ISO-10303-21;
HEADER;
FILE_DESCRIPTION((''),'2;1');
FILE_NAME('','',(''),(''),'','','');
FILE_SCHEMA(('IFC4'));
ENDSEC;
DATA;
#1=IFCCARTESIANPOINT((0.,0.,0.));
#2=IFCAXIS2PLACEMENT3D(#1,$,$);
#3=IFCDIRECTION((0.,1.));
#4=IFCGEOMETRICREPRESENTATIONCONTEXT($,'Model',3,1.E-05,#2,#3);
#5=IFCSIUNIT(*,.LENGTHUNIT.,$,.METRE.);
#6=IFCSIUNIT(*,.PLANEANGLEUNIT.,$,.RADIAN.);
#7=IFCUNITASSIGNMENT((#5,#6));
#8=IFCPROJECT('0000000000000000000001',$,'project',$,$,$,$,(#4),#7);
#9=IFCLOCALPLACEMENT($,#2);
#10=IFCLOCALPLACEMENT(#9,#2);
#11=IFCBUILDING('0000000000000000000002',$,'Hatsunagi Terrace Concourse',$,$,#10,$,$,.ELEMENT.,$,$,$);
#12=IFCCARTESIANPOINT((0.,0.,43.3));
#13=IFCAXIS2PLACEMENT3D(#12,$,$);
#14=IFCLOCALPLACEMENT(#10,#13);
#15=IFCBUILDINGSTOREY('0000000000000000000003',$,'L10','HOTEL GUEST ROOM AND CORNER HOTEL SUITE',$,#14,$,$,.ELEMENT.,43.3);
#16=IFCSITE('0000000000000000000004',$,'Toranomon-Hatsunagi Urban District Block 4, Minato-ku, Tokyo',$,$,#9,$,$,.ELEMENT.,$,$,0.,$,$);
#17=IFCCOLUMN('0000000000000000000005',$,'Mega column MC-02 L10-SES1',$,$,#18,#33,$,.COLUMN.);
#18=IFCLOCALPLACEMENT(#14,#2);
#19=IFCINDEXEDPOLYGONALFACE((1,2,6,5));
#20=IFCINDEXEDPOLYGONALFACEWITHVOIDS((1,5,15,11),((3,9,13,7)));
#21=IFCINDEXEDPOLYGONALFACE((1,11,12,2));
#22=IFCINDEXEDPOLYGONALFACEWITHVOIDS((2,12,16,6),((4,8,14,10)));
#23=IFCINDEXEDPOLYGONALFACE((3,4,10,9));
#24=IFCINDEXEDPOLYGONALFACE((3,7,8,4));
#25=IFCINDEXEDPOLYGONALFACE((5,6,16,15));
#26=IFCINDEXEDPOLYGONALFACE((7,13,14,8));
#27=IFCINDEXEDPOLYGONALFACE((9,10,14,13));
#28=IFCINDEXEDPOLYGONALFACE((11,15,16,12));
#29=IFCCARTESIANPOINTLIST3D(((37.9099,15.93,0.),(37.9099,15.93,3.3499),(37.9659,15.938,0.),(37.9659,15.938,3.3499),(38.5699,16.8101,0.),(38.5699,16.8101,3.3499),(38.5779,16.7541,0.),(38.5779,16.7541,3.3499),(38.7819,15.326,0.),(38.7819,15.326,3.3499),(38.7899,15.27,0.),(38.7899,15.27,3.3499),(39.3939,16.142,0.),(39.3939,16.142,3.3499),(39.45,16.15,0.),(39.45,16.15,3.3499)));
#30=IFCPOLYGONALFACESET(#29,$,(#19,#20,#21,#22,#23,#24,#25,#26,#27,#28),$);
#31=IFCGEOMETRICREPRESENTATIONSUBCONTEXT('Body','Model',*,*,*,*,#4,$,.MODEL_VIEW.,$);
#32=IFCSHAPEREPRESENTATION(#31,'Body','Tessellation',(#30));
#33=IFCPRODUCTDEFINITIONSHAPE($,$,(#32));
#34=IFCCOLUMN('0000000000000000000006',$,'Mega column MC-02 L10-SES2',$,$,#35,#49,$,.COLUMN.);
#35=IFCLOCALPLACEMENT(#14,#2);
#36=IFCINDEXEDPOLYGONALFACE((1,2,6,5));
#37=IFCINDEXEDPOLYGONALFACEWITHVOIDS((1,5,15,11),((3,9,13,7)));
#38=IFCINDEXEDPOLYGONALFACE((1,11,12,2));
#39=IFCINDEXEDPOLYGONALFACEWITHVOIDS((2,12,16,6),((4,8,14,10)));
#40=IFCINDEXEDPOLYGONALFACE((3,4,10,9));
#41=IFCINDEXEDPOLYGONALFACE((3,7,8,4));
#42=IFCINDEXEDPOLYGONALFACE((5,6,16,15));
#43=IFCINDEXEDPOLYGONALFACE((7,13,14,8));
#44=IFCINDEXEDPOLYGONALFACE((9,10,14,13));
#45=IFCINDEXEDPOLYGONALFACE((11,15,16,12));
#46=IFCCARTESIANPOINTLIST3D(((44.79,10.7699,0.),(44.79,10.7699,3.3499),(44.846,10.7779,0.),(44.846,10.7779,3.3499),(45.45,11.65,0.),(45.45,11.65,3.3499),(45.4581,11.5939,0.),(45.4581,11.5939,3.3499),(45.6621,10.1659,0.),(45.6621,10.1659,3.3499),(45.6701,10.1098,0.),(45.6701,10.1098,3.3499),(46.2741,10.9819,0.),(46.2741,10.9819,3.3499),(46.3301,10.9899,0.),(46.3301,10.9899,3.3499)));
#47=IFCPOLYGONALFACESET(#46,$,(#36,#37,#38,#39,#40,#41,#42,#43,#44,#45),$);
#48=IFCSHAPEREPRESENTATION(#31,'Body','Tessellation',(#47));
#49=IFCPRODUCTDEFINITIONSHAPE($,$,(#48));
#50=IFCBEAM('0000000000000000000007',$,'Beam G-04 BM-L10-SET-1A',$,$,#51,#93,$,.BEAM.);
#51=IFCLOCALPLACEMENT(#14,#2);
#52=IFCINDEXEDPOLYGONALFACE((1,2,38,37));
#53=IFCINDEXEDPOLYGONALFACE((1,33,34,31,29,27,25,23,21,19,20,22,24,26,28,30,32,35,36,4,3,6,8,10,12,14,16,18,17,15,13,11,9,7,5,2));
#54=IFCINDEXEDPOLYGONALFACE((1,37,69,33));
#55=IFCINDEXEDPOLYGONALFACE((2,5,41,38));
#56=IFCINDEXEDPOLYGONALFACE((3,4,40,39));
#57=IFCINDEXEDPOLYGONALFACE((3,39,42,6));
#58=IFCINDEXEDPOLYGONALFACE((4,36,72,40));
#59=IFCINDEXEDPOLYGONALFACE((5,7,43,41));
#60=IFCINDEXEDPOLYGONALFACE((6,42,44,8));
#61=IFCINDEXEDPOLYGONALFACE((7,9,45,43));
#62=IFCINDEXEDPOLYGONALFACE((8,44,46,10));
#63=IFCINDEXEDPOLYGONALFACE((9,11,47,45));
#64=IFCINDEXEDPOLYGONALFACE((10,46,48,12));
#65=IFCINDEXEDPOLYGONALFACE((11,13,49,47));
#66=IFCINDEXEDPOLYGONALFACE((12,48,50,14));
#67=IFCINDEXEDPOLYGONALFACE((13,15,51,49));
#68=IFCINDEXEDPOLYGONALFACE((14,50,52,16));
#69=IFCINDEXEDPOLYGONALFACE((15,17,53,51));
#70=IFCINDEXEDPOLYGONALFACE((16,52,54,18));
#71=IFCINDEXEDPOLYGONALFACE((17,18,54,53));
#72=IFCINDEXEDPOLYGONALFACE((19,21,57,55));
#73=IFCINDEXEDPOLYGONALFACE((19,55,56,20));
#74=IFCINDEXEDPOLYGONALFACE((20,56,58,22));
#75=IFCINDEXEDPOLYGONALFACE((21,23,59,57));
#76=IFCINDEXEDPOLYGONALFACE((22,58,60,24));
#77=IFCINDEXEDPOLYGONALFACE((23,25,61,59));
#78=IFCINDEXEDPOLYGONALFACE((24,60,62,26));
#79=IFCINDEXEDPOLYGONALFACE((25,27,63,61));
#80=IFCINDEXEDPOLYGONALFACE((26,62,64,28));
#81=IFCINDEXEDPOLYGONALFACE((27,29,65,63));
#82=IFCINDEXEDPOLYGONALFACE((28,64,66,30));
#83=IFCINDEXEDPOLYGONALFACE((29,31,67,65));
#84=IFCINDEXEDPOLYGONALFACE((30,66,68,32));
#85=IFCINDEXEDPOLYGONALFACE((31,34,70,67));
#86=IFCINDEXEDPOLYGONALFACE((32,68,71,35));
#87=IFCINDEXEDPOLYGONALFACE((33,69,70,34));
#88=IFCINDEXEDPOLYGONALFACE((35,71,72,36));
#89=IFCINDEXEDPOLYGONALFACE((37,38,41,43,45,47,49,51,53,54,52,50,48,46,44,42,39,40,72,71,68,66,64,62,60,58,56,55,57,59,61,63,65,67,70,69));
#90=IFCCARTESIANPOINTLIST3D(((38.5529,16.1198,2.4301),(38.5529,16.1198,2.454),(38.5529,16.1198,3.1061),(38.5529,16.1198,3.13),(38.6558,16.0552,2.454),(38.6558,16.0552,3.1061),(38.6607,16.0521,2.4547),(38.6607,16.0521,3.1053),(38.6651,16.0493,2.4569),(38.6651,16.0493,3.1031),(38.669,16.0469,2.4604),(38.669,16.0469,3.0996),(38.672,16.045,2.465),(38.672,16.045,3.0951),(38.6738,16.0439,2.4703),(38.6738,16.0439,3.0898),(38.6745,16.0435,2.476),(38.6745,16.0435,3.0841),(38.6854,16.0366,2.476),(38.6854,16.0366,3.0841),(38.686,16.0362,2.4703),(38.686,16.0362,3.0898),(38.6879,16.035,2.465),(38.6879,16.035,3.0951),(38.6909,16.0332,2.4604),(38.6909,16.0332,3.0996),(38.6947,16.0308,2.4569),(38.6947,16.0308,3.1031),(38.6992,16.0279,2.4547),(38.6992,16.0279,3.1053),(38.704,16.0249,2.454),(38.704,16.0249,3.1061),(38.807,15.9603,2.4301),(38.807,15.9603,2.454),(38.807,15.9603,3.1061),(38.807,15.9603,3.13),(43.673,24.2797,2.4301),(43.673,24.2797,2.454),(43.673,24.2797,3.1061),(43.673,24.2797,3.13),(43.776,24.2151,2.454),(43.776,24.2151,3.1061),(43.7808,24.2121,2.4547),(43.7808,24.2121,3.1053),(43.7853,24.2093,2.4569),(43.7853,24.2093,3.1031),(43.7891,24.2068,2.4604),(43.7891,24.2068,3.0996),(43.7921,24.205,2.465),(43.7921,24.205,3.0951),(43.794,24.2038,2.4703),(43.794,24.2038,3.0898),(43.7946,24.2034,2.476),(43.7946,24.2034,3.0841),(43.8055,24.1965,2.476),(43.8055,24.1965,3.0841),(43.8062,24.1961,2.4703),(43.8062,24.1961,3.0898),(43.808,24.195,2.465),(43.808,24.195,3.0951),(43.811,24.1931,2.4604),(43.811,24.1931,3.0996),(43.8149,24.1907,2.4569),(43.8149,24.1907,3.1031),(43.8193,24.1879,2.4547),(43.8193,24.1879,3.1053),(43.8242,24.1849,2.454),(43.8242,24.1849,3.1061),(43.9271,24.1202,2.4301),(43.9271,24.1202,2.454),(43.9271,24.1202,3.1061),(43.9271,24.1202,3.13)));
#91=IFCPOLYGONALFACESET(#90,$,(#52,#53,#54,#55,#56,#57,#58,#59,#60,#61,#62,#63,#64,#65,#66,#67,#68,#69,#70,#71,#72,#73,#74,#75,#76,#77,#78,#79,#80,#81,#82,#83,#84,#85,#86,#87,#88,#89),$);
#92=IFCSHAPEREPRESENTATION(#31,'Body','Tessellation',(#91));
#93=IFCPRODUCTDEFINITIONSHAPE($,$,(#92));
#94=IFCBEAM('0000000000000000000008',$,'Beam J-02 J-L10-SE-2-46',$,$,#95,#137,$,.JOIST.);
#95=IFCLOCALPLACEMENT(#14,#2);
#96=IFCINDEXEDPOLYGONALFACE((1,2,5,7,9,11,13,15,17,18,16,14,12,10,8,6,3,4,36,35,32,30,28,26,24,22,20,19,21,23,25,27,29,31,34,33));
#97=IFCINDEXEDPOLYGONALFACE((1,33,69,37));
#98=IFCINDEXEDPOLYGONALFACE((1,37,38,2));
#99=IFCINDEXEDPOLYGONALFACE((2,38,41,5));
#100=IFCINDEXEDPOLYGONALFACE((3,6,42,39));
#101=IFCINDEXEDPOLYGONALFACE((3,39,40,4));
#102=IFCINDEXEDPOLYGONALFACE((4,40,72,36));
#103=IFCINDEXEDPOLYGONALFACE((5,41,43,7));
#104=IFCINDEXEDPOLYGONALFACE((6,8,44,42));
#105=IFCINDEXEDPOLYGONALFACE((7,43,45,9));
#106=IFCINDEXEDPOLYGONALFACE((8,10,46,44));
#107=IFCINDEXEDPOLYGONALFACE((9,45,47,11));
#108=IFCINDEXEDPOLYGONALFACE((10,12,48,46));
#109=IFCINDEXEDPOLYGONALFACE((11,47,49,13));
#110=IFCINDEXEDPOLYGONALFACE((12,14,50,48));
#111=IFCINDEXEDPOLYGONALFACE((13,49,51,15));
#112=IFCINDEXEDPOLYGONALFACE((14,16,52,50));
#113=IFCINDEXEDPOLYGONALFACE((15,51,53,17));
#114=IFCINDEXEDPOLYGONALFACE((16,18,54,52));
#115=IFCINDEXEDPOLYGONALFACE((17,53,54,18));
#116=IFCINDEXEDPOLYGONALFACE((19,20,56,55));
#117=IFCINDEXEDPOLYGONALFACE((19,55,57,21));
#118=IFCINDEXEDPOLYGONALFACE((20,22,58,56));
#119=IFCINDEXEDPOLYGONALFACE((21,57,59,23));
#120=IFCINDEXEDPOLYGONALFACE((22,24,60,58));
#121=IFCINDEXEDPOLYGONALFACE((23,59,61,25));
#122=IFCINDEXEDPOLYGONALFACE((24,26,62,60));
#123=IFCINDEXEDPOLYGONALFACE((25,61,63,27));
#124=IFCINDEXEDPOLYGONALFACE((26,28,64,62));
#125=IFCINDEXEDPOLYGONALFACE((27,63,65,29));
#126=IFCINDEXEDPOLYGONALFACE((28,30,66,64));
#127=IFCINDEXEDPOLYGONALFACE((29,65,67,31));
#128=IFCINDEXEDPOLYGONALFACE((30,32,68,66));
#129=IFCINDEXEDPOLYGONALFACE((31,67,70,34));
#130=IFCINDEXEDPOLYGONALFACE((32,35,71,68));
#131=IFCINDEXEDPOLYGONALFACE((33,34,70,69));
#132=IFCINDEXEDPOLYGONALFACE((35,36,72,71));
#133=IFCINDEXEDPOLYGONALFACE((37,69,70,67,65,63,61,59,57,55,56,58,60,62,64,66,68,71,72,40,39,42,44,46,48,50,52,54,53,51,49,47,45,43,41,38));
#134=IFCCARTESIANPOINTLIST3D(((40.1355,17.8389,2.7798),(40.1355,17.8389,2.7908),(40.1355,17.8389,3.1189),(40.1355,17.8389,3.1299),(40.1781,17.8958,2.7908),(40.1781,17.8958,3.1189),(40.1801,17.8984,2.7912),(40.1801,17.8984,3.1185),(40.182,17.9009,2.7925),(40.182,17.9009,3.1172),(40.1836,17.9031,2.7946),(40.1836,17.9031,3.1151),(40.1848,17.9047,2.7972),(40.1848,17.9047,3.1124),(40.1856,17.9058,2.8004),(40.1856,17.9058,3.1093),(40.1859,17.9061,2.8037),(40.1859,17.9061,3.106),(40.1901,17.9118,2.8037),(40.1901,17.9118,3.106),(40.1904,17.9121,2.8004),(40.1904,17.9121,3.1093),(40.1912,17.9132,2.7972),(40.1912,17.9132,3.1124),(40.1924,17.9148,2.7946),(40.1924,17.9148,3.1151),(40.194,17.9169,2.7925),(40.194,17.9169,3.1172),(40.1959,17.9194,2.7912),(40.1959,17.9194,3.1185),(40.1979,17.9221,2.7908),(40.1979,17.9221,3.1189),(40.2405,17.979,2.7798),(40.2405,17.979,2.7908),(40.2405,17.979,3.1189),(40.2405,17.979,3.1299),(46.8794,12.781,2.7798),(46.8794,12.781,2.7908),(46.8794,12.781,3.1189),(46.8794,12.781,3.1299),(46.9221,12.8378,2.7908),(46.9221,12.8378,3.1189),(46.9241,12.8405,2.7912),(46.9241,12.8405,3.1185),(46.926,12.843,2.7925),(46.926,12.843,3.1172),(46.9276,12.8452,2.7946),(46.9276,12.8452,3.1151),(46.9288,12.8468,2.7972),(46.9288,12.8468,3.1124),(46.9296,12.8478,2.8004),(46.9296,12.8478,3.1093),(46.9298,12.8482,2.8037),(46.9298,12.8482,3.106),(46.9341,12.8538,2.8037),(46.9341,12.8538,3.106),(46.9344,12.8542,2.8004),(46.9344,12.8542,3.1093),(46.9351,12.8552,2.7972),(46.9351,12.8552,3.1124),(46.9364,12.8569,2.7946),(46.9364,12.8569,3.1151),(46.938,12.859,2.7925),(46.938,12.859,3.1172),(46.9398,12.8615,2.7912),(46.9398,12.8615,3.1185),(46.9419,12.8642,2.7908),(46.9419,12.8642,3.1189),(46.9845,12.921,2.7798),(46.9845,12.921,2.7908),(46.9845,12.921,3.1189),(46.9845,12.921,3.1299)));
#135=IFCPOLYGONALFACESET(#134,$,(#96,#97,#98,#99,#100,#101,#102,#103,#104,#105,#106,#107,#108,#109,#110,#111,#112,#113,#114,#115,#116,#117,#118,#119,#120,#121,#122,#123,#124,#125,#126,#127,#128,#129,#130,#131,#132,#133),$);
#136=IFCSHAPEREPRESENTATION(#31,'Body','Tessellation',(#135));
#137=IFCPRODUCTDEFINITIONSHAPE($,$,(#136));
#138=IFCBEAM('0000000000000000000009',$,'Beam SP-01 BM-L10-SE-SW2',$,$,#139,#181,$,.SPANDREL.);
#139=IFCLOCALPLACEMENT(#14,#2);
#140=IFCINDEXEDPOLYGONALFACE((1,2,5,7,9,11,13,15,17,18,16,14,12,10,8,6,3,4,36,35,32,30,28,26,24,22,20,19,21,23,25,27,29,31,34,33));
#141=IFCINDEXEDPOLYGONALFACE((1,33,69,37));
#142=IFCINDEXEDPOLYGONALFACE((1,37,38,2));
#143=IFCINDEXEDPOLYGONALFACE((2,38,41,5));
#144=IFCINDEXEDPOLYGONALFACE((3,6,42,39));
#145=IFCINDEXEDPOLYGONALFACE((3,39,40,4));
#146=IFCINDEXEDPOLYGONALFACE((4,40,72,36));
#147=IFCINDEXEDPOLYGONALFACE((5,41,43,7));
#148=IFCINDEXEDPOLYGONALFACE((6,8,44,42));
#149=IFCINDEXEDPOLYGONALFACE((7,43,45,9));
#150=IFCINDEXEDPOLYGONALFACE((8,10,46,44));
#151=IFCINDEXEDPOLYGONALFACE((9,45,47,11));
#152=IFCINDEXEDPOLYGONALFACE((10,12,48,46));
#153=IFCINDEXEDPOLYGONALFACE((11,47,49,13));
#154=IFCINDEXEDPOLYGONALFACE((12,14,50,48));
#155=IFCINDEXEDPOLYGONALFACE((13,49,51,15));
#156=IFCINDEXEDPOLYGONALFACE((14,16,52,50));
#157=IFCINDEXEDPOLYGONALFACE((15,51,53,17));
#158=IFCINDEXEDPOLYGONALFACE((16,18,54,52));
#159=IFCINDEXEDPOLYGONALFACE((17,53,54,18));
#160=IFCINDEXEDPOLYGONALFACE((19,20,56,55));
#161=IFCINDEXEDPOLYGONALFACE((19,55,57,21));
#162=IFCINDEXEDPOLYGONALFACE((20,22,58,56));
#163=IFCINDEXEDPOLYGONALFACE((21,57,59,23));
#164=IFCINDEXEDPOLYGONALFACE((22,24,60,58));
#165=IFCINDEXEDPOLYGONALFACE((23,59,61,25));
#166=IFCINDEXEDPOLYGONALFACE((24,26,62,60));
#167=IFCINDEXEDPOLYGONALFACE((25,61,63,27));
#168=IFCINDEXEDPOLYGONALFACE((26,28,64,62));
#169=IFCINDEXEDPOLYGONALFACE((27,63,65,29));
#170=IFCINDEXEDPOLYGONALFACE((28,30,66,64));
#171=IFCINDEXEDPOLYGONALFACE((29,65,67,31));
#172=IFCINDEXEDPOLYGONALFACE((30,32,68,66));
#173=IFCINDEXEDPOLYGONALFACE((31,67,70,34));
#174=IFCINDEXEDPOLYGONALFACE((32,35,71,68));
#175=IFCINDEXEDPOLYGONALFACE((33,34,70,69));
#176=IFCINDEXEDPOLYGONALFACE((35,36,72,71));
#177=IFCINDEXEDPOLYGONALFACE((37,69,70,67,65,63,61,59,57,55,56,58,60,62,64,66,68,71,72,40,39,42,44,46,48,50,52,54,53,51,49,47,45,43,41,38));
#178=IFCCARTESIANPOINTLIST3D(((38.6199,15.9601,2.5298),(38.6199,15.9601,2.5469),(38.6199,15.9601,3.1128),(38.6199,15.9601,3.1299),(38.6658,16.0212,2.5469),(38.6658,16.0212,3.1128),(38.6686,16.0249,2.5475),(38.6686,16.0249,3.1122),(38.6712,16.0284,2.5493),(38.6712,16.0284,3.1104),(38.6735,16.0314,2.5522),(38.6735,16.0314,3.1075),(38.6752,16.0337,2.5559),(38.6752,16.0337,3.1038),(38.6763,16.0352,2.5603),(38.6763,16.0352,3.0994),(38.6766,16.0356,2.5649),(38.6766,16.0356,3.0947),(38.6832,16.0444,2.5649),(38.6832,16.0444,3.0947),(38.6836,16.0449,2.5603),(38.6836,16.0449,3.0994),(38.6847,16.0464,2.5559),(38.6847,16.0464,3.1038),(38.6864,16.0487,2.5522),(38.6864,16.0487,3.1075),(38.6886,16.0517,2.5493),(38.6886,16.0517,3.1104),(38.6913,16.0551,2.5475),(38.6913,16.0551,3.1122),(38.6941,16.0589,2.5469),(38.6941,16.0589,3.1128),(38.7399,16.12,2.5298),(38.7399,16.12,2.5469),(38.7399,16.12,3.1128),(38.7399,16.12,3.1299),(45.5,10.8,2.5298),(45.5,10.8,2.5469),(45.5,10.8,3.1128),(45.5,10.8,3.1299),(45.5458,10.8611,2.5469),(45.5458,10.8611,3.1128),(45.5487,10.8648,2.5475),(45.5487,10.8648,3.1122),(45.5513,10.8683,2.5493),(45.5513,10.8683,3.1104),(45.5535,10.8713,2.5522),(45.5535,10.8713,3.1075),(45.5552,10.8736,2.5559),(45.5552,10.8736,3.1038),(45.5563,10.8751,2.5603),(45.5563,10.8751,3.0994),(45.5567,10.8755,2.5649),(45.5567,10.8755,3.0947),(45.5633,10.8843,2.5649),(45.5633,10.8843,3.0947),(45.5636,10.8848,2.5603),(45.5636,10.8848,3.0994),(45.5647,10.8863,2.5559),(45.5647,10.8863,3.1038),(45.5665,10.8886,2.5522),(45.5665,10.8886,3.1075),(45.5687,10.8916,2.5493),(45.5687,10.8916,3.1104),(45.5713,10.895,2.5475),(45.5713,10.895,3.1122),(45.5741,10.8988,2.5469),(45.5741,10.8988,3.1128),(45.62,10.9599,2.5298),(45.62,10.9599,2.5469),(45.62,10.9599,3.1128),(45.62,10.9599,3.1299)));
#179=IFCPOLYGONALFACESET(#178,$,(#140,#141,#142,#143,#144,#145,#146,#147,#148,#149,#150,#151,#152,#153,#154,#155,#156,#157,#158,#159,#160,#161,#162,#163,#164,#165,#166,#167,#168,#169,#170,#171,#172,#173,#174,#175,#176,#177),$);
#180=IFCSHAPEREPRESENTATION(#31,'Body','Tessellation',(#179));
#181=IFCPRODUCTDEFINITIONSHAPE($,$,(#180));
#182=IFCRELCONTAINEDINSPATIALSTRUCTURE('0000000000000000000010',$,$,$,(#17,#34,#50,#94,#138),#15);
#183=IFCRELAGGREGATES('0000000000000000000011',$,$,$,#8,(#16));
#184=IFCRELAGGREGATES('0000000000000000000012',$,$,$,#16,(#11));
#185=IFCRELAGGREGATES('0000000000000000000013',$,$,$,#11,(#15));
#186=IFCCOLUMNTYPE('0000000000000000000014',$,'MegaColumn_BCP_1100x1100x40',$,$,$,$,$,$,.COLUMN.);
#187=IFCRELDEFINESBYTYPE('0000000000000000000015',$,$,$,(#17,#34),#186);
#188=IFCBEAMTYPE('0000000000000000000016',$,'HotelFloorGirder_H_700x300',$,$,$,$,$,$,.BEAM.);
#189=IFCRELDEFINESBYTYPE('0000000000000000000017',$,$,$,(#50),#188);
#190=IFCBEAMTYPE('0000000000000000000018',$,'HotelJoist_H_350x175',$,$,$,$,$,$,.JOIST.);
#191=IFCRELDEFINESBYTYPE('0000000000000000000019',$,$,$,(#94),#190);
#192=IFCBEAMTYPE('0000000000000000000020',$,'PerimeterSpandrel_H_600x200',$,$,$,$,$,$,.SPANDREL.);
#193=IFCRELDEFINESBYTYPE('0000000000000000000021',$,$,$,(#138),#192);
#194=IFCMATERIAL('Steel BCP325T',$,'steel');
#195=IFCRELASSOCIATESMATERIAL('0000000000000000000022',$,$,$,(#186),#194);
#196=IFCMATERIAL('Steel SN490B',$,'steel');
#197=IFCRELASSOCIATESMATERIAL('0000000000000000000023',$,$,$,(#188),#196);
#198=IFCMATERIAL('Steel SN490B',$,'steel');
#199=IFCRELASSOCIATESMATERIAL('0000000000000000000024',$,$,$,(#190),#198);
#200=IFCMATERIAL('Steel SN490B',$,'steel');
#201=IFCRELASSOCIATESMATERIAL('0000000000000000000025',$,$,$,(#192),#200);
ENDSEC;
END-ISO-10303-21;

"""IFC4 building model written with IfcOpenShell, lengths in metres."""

from ifc_helpers import new_model, si_unit, direction, frame, origin, origin_2d, place, context, subcontext, project, spatial, hollow_rectangle, i_section, extrude, material, material_profile, profile_set, type_object, element, save


model = new_model("IFC4")

# Units and contexts
model_context = context("Model", 3, precision=1e-05, world=origin(), true_north=direction((0.0, 1.0)))
body_context = subcontext(model_context, "Body", "Model", "MODEL_VIEW")
ifc_project = project(units=[si_unit("LENGTHUNIT", "METRE"), si_unit("PLANEANGLEUNIT", "RADIAN")], contexts=[model_context])

# Site, building, storey
site_placement = place(None, origin())
site = spatial("IfcSite", under=ifc_project, at=site_placement, Name="Toranomon-Hatsunagi Urban District Block 4, Minato-ku, Tokyo", CompositionType="ELEMENT", RefElevation=0.0)
building_placement = place(site_placement, origin())
building = spatial("IfcBuilding", under=site, at=building_placement, Name="Hatsunagi Terrace Concourse", CompositionType="ELEMENT")
storey_placement = place(building_placement, frame((0.0, 0.0, 43.3)))
storey = spatial("IfcBuildingStorey", under=building, at=storey_placement, Name="L10", Description="HOTEL GUEST ROOM AND CORNER HOTEL SUITE", CompositionType="ELEMENT", Elevation=43.3)

# Columns
ifc_material_1 = material(Name="Steel BCP325T", Category="steel")
ifc_material_profile_1 = material_profile(ifc_material_1, hollow_rectangle(XDim=1.1001, YDim=1.1001, WallThickness=0.04, at=origin_2d()), Name="BCP-1100x1100x40")
ifc_profile_set_1 = profile_set([ifc_material_profile_1], Name="Steel BCP325T")
column_type = type_object("IfcColumnType", Name="MegaColumn_BCP_1100x1100x40", PredefinedType="COLUMN", material=ifc_profile_set_1)
for number, where, z_axis, x_axis, name in (
    (1, (38.6799, 16.04, 0.0), (0.0, 0.0, 1.0), (0.8, -0.6, 0.0), "Mega column MC-02 L10-SES1"),
    (2, (45.5601, 10.8799, 0.0), (0.0, 0.0, 1.0), (0.8, -0.6, 0.0), "Mega column MC-02 L10-SES2"),
):
    element("IfcColumn", number, at=place(storey_placement, frame(where, z_axis=z_axis, x_axis=x_axis)), inside=storey, type_object=column_type, Name=name, PredefinedType="COLUMN", context=body_context, shape_type="SweptSolid", body=[
        extrude(hollow_rectangle(XDim=1.1001, YDim=1.1001, WallThickness=0.04, at=origin_2d()), origin(), (0.0, 0.0, 1.0), 3.3499),
    ])

# Beams
ifc_material_2 = material(Name="Steel SN490B", Category="steel")
ifc_material_profile_2 = material_profile(ifc_material_2, i_section(OverallWidth=0.3, OverallDepth=0.7, WebThickness=0.0129, FlangeThickness=0.0239, FilletRadius=0.022, at=origin_2d()), Name="H-700x300x13x24")
ifc_profile_set_2 = profile_set([ifc_material_profile_2], Name="Steel SN490B")
beam_type_1 = type_object("IfcBeamType", Name="HotelFloorGirder_H_700x300", PredefinedType="BEAM", material=ifc_profile_set_2)
beam_1_placement = place(storey_placement, frame((38.6799, 16.04, 2.78), z_axis=(0.531504, 0.847056, 0.0), x_axis=(-0.847056, 0.531504, 0.0)))
element("IfcBeam", 3, at=beam_1_placement, inside=storey, type_object=beam_type_1, Name="Beam G-04 BM-L10-SET-1A", PredefinedType="BEAM", context=body_context, shape_type="SweptSolid", body=[
    extrude(i_section(OverallWidth=0.3, OverallDepth=0.7, WebThickness=0.0129, FlangeThickness=0.0239, FilletRadius=0.022, at=origin_2d()), origin(), (0.0, 0.0, 1.0), 9.6333),
])
ifc_material_3 = material(Name="Steel SN490B", Category="steel")
ifc_material_profile_3 = material_profile(ifc_material_3, i_section(OverallWidth=0.175, OverallDepth=0.3501, WebThickness=0.0071, FlangeThickness=0.011, FilletRadius=0.0129, at=origin_2d()), Name="H-350x175x7x11")
ifc_profile_set_3 = profile_set([ifc_material_profile_3], Name="Steel SN490B")
beam_type_2 = type_object("IfcBeamType", Name="HotelJoist_H_350x175", PredefinedType="JOIST", material=ifc_profile_set_3)
beam_2_placement = place(storey_placement, frame((40.188, 17.9089, 2.9548), z_axis=(0.800003, -0.599995, 0.0), x_axis=(0.599995, 0.800003, 0.0)))
element("IfcBeam", 4, at=beam_2_placement, inside=storey, type_object=beam_type_2, Name="Beam J-02 J-L10-SE-2-46", PredefinedType="JOIST", context=body_context, shape_type="SweptSolid", body=[
    extrude(i_section(OverallWidth=0.175, OverallDepth=0.3501, WebThickness=0.0071, FlangeThickness=0.011, FilletRadius=0.0129, at=origin_2d()), origin(), (0.0, 0.0, 1.0), 8.4299),
])
ifc_material_4 = material(Name="Steel SN490B", Category="steel")
ifc_material_profile_4 = material_profile(ifc_material_4, i_section(OverallWidth=0.2, OverallDepth=0.6001, WebThickness=0.011, FlangeThickness=0.0171, FilletRadius=0.0181, at=origin_2d()), Name="H-600x200x11x17")
ifc_profile_set_4 = profile_set([ifc_material_profile_4], Name="Steel SN490B")
beam_type_3 = type_object("IfcBeamType", Name="PerimeterSpandrel_H_600x200", PredefinedType="SPANDREL", material=ifc_profile_set_4)
beam_3_placement = place(storey_placement, frame((38.6799, 16.04, 2.8298), z_axis=(0.799997, -0.600005, 0.0), x_axis=(0.600005, 0.799997, 0.0)))
element("IfcBeam", 5, at=beam_3_placement, inside=storey, type_object=beam_type_3, Name="Beam SP-01 BM-L10-SE-SW2", PredefinedType="SPANDREL", context=body_context, shape_type="SweptSolid", body=[
    extrude(i_section(OverallWidth=0.2, OverallDepth=0.6001, WebThickness=0.011, FlangeThickness=0.0171, FilletRadius=0.0181, at=origin_2d()), origin(), (0.0, 0.0, 1.0), 8.6001),
])

save(model, "model.ifc")
